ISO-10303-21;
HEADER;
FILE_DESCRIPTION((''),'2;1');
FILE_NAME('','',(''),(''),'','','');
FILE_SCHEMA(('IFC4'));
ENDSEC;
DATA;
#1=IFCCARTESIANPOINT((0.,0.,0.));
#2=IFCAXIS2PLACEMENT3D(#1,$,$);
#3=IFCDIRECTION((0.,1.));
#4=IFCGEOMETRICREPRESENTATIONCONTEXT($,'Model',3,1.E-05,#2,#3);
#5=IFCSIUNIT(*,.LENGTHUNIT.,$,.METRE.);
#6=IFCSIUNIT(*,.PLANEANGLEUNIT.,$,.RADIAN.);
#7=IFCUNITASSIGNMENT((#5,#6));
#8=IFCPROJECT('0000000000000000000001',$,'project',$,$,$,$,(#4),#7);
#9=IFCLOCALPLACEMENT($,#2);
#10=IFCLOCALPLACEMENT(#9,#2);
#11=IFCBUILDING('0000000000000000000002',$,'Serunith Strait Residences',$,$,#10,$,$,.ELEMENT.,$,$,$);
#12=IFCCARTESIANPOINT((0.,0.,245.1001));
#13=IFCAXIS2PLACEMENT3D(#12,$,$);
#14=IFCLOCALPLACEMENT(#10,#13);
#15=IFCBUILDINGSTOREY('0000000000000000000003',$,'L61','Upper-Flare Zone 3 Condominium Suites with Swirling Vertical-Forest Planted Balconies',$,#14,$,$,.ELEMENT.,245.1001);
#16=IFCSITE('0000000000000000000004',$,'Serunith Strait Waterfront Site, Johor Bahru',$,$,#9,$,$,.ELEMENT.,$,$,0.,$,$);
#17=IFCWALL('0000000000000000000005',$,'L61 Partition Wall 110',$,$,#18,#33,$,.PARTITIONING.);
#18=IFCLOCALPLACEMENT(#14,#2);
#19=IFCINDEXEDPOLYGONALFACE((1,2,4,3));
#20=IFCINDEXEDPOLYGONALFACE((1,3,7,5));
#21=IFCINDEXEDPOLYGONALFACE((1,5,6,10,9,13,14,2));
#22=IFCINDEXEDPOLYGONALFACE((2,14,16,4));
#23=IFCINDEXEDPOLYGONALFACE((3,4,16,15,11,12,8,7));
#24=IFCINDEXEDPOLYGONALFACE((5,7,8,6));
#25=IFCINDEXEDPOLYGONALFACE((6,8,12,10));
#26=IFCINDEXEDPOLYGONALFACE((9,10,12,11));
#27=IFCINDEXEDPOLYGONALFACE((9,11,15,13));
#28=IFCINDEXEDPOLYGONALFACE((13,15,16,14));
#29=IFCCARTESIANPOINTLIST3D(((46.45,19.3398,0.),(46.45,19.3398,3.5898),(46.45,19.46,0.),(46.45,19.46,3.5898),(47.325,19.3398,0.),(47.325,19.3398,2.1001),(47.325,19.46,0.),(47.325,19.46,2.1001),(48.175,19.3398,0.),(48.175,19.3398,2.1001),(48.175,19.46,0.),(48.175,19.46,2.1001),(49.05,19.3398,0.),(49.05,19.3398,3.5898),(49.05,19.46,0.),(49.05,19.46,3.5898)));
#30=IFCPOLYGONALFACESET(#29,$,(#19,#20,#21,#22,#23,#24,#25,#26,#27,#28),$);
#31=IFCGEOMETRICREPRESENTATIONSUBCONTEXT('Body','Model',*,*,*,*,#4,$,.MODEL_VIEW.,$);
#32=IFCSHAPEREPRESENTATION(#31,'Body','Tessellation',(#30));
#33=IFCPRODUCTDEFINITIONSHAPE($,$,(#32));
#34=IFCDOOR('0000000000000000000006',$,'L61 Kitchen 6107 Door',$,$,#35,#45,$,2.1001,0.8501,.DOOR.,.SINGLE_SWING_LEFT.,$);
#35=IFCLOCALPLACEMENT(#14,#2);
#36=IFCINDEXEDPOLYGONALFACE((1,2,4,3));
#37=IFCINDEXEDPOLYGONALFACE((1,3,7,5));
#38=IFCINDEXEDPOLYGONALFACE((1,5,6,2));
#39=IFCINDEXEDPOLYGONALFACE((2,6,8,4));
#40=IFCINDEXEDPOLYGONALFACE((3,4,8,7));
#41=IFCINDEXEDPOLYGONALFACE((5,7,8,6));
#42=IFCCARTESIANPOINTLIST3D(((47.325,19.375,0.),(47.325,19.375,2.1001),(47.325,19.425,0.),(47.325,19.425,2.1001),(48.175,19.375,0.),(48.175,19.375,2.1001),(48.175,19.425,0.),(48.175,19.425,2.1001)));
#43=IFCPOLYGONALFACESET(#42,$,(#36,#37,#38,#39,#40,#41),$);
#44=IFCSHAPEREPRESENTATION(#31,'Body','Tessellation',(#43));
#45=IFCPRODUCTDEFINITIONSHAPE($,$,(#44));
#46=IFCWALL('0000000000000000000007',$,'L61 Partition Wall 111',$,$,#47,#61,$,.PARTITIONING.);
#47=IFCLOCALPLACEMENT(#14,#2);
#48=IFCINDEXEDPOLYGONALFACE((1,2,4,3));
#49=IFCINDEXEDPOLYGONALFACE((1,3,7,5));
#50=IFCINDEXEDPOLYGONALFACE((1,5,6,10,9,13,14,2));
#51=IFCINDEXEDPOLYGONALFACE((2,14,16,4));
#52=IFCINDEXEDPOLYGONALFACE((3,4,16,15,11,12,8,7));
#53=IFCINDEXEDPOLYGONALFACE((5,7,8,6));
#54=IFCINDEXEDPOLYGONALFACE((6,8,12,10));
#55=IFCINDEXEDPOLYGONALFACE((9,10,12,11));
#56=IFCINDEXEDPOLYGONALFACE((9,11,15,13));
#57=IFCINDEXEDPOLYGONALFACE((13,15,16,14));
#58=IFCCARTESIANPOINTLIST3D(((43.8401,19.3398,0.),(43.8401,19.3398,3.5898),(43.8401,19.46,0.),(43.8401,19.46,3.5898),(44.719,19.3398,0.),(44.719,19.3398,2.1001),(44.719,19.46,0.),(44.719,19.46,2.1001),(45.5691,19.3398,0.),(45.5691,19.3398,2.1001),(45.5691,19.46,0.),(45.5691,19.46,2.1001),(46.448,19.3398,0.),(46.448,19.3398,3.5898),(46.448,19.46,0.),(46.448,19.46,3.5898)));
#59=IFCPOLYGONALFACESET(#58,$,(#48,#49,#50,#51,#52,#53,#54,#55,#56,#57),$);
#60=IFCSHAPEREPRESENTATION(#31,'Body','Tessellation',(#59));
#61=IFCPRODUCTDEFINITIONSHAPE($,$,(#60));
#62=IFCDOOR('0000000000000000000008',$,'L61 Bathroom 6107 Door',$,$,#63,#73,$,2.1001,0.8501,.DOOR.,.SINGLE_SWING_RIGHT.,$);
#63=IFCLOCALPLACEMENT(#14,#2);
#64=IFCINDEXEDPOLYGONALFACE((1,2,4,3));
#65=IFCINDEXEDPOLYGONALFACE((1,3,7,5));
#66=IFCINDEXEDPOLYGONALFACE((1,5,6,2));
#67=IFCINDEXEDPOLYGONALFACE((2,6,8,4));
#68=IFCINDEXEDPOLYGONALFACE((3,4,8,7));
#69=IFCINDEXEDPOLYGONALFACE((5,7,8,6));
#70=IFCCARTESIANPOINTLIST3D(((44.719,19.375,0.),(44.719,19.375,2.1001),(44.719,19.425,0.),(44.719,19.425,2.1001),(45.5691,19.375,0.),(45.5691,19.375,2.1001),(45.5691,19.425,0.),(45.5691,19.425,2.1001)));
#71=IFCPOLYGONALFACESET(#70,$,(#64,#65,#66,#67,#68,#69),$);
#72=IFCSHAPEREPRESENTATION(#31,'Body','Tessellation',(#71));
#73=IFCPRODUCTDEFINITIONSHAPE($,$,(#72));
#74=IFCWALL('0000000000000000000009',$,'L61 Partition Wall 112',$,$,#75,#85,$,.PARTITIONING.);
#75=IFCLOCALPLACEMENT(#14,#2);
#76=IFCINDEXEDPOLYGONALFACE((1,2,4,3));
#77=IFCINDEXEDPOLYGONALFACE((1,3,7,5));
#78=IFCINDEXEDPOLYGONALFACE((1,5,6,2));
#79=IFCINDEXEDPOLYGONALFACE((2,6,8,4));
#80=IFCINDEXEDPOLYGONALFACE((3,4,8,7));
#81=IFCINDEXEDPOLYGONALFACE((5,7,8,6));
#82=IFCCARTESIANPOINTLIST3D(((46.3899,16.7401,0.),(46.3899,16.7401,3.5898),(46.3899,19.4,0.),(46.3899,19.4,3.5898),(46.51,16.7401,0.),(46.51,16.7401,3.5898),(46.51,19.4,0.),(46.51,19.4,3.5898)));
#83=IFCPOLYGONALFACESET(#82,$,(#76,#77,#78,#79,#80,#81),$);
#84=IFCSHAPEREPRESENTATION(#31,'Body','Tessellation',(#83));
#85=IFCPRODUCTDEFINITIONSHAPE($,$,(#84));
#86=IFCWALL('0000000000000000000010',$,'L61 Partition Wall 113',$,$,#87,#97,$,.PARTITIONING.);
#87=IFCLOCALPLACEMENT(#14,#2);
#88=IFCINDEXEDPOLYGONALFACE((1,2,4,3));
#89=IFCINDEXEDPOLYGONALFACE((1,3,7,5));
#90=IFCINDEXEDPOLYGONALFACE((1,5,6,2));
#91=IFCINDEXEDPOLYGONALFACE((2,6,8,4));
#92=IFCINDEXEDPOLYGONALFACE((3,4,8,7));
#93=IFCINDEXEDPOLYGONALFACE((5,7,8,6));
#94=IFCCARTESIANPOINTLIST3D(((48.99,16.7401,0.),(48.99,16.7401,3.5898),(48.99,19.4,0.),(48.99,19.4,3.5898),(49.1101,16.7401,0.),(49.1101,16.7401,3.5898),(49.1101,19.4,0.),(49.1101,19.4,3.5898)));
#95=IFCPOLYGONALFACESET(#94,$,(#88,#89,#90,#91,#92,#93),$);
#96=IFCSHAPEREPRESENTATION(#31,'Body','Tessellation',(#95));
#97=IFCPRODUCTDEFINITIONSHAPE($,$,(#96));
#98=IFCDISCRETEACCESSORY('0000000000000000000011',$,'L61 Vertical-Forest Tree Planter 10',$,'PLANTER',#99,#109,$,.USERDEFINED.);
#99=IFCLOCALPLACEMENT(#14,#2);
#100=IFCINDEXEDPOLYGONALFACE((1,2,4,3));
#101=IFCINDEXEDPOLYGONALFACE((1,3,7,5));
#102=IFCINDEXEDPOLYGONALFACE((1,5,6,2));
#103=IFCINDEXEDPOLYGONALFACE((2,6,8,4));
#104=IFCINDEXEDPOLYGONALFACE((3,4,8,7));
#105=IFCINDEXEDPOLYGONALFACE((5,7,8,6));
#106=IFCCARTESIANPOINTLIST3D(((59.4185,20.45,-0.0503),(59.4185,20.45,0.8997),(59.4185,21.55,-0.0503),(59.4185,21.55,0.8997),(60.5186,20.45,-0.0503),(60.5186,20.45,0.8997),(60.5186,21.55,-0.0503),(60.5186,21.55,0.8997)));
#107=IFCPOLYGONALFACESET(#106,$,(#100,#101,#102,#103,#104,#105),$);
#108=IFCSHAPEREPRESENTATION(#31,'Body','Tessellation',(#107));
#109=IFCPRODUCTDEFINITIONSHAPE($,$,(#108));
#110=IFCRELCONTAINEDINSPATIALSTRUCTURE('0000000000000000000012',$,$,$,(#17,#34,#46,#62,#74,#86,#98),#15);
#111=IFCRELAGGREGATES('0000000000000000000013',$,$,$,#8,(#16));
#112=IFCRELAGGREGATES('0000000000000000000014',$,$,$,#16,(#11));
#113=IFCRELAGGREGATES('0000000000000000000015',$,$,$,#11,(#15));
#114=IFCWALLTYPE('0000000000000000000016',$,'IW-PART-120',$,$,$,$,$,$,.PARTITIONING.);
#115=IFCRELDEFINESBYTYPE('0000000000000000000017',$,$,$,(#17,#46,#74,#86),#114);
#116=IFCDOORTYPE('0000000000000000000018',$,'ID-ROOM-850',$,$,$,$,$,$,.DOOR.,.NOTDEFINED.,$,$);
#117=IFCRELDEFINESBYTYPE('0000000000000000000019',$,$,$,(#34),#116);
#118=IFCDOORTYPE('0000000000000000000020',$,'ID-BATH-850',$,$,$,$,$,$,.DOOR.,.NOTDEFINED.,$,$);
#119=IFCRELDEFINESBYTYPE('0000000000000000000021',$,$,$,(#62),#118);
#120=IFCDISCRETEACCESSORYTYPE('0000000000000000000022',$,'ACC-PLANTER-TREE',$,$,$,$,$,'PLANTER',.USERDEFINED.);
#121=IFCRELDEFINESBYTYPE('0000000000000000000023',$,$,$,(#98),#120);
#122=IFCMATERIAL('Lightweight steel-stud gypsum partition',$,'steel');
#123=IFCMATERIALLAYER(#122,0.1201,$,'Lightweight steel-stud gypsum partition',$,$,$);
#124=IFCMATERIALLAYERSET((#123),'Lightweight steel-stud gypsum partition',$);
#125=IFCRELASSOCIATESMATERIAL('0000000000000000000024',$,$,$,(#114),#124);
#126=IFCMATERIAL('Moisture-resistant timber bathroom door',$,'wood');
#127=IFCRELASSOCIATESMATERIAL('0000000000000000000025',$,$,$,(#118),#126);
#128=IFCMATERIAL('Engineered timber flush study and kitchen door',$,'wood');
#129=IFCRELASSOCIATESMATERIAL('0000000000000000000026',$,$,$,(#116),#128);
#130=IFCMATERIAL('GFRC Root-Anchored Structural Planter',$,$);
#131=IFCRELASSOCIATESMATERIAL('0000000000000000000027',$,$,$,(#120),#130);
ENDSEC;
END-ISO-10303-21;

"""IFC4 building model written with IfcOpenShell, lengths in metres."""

from ifc_helpers import new_model, si_unit, direction, frame, frame_2d, origin, origin_2d, place, context, subcontext, project, spatial, rectangle, extrude, source, transform, mapped, material, layer, layer_set, type_object, element, fill, save


model = new_model("IFC4")

# Units and contexts
model_context = context("Model", 3, precision=1e-05, world=origin(), true_north=direction((0.0, 1.0)))
body_context = subcontext(model_context, "Body", "Model", "MODEL_VIEW")
ifc_project = project(units=[si_unit("LENGTHUNIT", "METRE"), si_unit("PLANEANGLEUNIT", "RADIAN")], contexts=[model_context])

# Site, building, storey
site_placement = place(None, origin())
site = spatial("IfcSite", under=ifc_project, at=site_placement, Name="Serunith Strait Waterfront Site, Johor Bahru", CompositionType="ELEMENT", RefElevation=0.0)
building_placement = place(site_placement, origin())
building = spatial("IfcBuilding", under=site, at=building_placement, Name="Serunith Strait Residences", CompositionType="ELEMENT")
storey_placement = place(building_placement, frame((0.0, 0.0, 245.1001)))
storey = spatial("IfcBuildingStorey", under=building, at=storey_placement, Name="L61", Description="Upper-Flare Zone 3 Condominium Suites with Swirling Vertical-Forest Planted Balconies", CompositionType="ELEMENT", Elevation=245.1001)

# Shared definitions
ifc_material_1 = material(Name="Lightweight steel-stud gypsum partition", Category="steel")
ifc_layer_1 = layer(ifc_material_1, 0.1201, Name="Lightweight steel-stud gypsum partition")
ifc_layer_set_1 = layer_set([ifc_layer_1], Name="Lightweight steel-stud gypsum partition")
wall_type = type_object("IfcWallType", Name="IW-PART-120", PredefinedType="PARTITIONING", material=ifc_layer_set_1)
ifc_material_2 = material(Name="Moisture-resistant timber bathroom door", Category="wood")
door_type_1 = type_object("IfcDoorType", Name="ID-BATH-850", OperationType="NOTDEFINED", PredefinedType="DOOR", material=ifc_material_2)
shared_shape_1 = source(origin(), body_context, "Body", "SweptSolid", [
    extrude(rectangle(XDim=0.8501, YDim=2.1001, at=frame_2d((0.425, 1.05))), frame((0.0, 0.0249, 0.0), z_axis=(0.0, -1.0, 0.0), x_axis=(1.0, 0.0, 0.0)), (0.0, 0.0, 1.0), 0.05),
])
ifc_material_3 = material(Name="Engineered timber flush study and kitchen door", Category="wood")
door_type_2 = type_object("IfcDoorType", Name="ID-ROOM-850", OperationType="NOTDEFINED", PredefinedType="DOOR", material=ifc_material_3)

# Walls, openings, doors
wall_1_placement = place(storey_placement, frame((49.05, 19.3999, 0.0), z_axis=(0.0, 0.0, 1.0), x_axis=(-1.0, 0.0, 0.0)))
wall_1 = element("IfcWall", 1, at=wall_1_placement, inside=storey, type_object=wall_type, Name="L61 Partition Wall 110", PredefinedType="PARTITIONING", context=body_context, shape_type="SweptSolid", body=[
    extrude(rectangle(XDim=2.6001, YDim=0.1201, at=frame_2d((1.3, 0.0))), origin(), (0.0, 0.0, 1.0), 3.5898),
])
opening_1_placement = place(wall_1_placement, frame((0.875, 0.0, 0.0)))
opening_1 = element("IfcOpeningElement", 2, at=opening_1_placement, cuts=wall_1, PredefinedType="OPENING", context=body_context, shape_type="SweptSolid", body=[
    extrude(rectangle(XDim=0.8501, YDim=2.1001, at=frame_2d((0.425, 1.05))), frame((0.0, 0.0701, 0.0), z_axis=(0.0, -1.0, 0.0), x_axis=(1.0, 0.0, 0.0)), (0.0, 0.0, 1.0), 0.1401),
])
door_1_placement = place(opening_1_placement, origin())
door_1 = element("IfcDoor", 3, at=door_1_placement, inside=storey, type_object=door_type_2, Name="L61 Kitchen 6107 Door", OperationType="SINGLE_SWING_LEFT", OverallHeight=2.1001, OverallWidth=0.8501, PredefinedType="DOOR", context=body_context, shape_type="MappedRepresentation", body=[
    mapped(shared_shape_1, transform((0.0, 0.0, 0.0), scale=1.0)),
])
fill(opening_1, door_1)
wall_2_placement = place(storey_placement, frame((46.448, 19.3999, 0.0), z_axis=(0.0, 0.0, 1.0), x_axis=(-1.0, 0.0, 0.0)))
wall_2 = element("IfcWall", 4, at=wall_2_placement, inside=storey, type_object=wall_type, Name="L61 Partition Wall 111", PredefinedType="PARTITIONING", context=body_context, shape_type="SweptSolid", body=[
    extrude(rectangle(XDim=2.6079, YDim=0.1201, at=frame_2d((1.304, 0.0))), origin(), (0.0, 0.0, 1.0), 3.5898),
])
opening_2_placement = place(wall_2_placement, frame((0.8789, 0.0, 0.0)))
opening_2 = element("IfcOpeningElement", 5, at=opening_2_placement, cuts=wall_2, PredefinedType="OPENING", context=body_context, shape_type="SweptSolid", body=[
    extrude(rectangle(XDim=0.8501, YDim=2.1001, at=frame_2d((0.425, 1.05))), frame((0.0, 0.0701, 0.0), z_axis=(0.0, -1.0, 0.0), x_axis=(1.0, 0.0, 0.0)), (0.0, 0.0, 1.0), 0.1401),
])
door_2_placement = place(opening_2_placement, origin())
door_2 = element("IfcDoor", 6, at=door_2_placement, inside=storey, type_object=door_type_1, Name="L61 Bathroom 6107 Door", OperationType="SINGLE_SWING_RIGHT", OverallHeight=2.1001, OverallWidth=0.8501, PredefinedType="DOOR", context=body_context, shape_type="MappedRepresentation", body=[
    mapped(shared_shape_1, transform((0.0, 0.0, 0.0), scale=1.0)),
])
fill(opening_2, door_2)

# Walls
for number, where, z_axis, x_axis, name in (
    (7, (46.45, 16.74, 0.0), (0.0, 0.0, 1.0), (0.0, 1.0, 0.0), "L61 Partition Wall 112"),
    (8, (49.05, 16.74, 0.0), (0.0, 0.0, 1.0), (0.0, 1.0, 0.0), "L61 Partition Wall 113"),
):
    element("IfcWall", number, at=place(storey_placement, frame(where, z_axis=z_axis, x_axis=x_axis)), inside=storey, type_object=wall_type, Name=name, PredefinedType="PARTITIONING", context=body_context, shape_type="SweptSolid", body=[
        extrude(rectangle(XDim=2.6599, YDim=0.1201, at=frame_2d((1.3301, 0.0))), origin(), (0.0, 0.0, 1.0), 3.5898),
    ])

# Discrete accessory
ifc_material_4 = material(Name="GFRC Root-Anchored Structural Planter")
discrete_accessory_type = type_object("IfcDiscreteAccessoryType", Name="ACC-PLANTER-TREE", ElementType="PLANTER", PredefinedType="USERDEFINED", material=ifc_material_4)
shared_shape_2 = source(origin(), body_context, "Body", "SweptSolid", [
    extrude(rectangle(XDim=1.1001, YDim=1.1001, at=origin_2d()), origin(), (0.0, 0.0, 1.0), 0.95),
])
discrete_accessory_placement = place(storey_placement, frame((59.9685, 21.0, -0.0503), z_axis=(0.0, 0.0, 1.0), x_axis=(0.0, 1.0, 0.0)))
element("IfcDiscreteAccessory", 9, at=discrete_accessory_placement, inside=storey, type_object=discrete_accessory_type, Name="L61 Vertical-Forest Tree Planter 10", ObjectType="PLANTER", PredefinedType="USERDEFINED", context=body_context, shape_type="MappedRepresentation", body=[
    mapped(shared_shape_2, transform((0.0, 0.0, 0.0), scale=1.0)),
])

save(model, "model.ifc")
